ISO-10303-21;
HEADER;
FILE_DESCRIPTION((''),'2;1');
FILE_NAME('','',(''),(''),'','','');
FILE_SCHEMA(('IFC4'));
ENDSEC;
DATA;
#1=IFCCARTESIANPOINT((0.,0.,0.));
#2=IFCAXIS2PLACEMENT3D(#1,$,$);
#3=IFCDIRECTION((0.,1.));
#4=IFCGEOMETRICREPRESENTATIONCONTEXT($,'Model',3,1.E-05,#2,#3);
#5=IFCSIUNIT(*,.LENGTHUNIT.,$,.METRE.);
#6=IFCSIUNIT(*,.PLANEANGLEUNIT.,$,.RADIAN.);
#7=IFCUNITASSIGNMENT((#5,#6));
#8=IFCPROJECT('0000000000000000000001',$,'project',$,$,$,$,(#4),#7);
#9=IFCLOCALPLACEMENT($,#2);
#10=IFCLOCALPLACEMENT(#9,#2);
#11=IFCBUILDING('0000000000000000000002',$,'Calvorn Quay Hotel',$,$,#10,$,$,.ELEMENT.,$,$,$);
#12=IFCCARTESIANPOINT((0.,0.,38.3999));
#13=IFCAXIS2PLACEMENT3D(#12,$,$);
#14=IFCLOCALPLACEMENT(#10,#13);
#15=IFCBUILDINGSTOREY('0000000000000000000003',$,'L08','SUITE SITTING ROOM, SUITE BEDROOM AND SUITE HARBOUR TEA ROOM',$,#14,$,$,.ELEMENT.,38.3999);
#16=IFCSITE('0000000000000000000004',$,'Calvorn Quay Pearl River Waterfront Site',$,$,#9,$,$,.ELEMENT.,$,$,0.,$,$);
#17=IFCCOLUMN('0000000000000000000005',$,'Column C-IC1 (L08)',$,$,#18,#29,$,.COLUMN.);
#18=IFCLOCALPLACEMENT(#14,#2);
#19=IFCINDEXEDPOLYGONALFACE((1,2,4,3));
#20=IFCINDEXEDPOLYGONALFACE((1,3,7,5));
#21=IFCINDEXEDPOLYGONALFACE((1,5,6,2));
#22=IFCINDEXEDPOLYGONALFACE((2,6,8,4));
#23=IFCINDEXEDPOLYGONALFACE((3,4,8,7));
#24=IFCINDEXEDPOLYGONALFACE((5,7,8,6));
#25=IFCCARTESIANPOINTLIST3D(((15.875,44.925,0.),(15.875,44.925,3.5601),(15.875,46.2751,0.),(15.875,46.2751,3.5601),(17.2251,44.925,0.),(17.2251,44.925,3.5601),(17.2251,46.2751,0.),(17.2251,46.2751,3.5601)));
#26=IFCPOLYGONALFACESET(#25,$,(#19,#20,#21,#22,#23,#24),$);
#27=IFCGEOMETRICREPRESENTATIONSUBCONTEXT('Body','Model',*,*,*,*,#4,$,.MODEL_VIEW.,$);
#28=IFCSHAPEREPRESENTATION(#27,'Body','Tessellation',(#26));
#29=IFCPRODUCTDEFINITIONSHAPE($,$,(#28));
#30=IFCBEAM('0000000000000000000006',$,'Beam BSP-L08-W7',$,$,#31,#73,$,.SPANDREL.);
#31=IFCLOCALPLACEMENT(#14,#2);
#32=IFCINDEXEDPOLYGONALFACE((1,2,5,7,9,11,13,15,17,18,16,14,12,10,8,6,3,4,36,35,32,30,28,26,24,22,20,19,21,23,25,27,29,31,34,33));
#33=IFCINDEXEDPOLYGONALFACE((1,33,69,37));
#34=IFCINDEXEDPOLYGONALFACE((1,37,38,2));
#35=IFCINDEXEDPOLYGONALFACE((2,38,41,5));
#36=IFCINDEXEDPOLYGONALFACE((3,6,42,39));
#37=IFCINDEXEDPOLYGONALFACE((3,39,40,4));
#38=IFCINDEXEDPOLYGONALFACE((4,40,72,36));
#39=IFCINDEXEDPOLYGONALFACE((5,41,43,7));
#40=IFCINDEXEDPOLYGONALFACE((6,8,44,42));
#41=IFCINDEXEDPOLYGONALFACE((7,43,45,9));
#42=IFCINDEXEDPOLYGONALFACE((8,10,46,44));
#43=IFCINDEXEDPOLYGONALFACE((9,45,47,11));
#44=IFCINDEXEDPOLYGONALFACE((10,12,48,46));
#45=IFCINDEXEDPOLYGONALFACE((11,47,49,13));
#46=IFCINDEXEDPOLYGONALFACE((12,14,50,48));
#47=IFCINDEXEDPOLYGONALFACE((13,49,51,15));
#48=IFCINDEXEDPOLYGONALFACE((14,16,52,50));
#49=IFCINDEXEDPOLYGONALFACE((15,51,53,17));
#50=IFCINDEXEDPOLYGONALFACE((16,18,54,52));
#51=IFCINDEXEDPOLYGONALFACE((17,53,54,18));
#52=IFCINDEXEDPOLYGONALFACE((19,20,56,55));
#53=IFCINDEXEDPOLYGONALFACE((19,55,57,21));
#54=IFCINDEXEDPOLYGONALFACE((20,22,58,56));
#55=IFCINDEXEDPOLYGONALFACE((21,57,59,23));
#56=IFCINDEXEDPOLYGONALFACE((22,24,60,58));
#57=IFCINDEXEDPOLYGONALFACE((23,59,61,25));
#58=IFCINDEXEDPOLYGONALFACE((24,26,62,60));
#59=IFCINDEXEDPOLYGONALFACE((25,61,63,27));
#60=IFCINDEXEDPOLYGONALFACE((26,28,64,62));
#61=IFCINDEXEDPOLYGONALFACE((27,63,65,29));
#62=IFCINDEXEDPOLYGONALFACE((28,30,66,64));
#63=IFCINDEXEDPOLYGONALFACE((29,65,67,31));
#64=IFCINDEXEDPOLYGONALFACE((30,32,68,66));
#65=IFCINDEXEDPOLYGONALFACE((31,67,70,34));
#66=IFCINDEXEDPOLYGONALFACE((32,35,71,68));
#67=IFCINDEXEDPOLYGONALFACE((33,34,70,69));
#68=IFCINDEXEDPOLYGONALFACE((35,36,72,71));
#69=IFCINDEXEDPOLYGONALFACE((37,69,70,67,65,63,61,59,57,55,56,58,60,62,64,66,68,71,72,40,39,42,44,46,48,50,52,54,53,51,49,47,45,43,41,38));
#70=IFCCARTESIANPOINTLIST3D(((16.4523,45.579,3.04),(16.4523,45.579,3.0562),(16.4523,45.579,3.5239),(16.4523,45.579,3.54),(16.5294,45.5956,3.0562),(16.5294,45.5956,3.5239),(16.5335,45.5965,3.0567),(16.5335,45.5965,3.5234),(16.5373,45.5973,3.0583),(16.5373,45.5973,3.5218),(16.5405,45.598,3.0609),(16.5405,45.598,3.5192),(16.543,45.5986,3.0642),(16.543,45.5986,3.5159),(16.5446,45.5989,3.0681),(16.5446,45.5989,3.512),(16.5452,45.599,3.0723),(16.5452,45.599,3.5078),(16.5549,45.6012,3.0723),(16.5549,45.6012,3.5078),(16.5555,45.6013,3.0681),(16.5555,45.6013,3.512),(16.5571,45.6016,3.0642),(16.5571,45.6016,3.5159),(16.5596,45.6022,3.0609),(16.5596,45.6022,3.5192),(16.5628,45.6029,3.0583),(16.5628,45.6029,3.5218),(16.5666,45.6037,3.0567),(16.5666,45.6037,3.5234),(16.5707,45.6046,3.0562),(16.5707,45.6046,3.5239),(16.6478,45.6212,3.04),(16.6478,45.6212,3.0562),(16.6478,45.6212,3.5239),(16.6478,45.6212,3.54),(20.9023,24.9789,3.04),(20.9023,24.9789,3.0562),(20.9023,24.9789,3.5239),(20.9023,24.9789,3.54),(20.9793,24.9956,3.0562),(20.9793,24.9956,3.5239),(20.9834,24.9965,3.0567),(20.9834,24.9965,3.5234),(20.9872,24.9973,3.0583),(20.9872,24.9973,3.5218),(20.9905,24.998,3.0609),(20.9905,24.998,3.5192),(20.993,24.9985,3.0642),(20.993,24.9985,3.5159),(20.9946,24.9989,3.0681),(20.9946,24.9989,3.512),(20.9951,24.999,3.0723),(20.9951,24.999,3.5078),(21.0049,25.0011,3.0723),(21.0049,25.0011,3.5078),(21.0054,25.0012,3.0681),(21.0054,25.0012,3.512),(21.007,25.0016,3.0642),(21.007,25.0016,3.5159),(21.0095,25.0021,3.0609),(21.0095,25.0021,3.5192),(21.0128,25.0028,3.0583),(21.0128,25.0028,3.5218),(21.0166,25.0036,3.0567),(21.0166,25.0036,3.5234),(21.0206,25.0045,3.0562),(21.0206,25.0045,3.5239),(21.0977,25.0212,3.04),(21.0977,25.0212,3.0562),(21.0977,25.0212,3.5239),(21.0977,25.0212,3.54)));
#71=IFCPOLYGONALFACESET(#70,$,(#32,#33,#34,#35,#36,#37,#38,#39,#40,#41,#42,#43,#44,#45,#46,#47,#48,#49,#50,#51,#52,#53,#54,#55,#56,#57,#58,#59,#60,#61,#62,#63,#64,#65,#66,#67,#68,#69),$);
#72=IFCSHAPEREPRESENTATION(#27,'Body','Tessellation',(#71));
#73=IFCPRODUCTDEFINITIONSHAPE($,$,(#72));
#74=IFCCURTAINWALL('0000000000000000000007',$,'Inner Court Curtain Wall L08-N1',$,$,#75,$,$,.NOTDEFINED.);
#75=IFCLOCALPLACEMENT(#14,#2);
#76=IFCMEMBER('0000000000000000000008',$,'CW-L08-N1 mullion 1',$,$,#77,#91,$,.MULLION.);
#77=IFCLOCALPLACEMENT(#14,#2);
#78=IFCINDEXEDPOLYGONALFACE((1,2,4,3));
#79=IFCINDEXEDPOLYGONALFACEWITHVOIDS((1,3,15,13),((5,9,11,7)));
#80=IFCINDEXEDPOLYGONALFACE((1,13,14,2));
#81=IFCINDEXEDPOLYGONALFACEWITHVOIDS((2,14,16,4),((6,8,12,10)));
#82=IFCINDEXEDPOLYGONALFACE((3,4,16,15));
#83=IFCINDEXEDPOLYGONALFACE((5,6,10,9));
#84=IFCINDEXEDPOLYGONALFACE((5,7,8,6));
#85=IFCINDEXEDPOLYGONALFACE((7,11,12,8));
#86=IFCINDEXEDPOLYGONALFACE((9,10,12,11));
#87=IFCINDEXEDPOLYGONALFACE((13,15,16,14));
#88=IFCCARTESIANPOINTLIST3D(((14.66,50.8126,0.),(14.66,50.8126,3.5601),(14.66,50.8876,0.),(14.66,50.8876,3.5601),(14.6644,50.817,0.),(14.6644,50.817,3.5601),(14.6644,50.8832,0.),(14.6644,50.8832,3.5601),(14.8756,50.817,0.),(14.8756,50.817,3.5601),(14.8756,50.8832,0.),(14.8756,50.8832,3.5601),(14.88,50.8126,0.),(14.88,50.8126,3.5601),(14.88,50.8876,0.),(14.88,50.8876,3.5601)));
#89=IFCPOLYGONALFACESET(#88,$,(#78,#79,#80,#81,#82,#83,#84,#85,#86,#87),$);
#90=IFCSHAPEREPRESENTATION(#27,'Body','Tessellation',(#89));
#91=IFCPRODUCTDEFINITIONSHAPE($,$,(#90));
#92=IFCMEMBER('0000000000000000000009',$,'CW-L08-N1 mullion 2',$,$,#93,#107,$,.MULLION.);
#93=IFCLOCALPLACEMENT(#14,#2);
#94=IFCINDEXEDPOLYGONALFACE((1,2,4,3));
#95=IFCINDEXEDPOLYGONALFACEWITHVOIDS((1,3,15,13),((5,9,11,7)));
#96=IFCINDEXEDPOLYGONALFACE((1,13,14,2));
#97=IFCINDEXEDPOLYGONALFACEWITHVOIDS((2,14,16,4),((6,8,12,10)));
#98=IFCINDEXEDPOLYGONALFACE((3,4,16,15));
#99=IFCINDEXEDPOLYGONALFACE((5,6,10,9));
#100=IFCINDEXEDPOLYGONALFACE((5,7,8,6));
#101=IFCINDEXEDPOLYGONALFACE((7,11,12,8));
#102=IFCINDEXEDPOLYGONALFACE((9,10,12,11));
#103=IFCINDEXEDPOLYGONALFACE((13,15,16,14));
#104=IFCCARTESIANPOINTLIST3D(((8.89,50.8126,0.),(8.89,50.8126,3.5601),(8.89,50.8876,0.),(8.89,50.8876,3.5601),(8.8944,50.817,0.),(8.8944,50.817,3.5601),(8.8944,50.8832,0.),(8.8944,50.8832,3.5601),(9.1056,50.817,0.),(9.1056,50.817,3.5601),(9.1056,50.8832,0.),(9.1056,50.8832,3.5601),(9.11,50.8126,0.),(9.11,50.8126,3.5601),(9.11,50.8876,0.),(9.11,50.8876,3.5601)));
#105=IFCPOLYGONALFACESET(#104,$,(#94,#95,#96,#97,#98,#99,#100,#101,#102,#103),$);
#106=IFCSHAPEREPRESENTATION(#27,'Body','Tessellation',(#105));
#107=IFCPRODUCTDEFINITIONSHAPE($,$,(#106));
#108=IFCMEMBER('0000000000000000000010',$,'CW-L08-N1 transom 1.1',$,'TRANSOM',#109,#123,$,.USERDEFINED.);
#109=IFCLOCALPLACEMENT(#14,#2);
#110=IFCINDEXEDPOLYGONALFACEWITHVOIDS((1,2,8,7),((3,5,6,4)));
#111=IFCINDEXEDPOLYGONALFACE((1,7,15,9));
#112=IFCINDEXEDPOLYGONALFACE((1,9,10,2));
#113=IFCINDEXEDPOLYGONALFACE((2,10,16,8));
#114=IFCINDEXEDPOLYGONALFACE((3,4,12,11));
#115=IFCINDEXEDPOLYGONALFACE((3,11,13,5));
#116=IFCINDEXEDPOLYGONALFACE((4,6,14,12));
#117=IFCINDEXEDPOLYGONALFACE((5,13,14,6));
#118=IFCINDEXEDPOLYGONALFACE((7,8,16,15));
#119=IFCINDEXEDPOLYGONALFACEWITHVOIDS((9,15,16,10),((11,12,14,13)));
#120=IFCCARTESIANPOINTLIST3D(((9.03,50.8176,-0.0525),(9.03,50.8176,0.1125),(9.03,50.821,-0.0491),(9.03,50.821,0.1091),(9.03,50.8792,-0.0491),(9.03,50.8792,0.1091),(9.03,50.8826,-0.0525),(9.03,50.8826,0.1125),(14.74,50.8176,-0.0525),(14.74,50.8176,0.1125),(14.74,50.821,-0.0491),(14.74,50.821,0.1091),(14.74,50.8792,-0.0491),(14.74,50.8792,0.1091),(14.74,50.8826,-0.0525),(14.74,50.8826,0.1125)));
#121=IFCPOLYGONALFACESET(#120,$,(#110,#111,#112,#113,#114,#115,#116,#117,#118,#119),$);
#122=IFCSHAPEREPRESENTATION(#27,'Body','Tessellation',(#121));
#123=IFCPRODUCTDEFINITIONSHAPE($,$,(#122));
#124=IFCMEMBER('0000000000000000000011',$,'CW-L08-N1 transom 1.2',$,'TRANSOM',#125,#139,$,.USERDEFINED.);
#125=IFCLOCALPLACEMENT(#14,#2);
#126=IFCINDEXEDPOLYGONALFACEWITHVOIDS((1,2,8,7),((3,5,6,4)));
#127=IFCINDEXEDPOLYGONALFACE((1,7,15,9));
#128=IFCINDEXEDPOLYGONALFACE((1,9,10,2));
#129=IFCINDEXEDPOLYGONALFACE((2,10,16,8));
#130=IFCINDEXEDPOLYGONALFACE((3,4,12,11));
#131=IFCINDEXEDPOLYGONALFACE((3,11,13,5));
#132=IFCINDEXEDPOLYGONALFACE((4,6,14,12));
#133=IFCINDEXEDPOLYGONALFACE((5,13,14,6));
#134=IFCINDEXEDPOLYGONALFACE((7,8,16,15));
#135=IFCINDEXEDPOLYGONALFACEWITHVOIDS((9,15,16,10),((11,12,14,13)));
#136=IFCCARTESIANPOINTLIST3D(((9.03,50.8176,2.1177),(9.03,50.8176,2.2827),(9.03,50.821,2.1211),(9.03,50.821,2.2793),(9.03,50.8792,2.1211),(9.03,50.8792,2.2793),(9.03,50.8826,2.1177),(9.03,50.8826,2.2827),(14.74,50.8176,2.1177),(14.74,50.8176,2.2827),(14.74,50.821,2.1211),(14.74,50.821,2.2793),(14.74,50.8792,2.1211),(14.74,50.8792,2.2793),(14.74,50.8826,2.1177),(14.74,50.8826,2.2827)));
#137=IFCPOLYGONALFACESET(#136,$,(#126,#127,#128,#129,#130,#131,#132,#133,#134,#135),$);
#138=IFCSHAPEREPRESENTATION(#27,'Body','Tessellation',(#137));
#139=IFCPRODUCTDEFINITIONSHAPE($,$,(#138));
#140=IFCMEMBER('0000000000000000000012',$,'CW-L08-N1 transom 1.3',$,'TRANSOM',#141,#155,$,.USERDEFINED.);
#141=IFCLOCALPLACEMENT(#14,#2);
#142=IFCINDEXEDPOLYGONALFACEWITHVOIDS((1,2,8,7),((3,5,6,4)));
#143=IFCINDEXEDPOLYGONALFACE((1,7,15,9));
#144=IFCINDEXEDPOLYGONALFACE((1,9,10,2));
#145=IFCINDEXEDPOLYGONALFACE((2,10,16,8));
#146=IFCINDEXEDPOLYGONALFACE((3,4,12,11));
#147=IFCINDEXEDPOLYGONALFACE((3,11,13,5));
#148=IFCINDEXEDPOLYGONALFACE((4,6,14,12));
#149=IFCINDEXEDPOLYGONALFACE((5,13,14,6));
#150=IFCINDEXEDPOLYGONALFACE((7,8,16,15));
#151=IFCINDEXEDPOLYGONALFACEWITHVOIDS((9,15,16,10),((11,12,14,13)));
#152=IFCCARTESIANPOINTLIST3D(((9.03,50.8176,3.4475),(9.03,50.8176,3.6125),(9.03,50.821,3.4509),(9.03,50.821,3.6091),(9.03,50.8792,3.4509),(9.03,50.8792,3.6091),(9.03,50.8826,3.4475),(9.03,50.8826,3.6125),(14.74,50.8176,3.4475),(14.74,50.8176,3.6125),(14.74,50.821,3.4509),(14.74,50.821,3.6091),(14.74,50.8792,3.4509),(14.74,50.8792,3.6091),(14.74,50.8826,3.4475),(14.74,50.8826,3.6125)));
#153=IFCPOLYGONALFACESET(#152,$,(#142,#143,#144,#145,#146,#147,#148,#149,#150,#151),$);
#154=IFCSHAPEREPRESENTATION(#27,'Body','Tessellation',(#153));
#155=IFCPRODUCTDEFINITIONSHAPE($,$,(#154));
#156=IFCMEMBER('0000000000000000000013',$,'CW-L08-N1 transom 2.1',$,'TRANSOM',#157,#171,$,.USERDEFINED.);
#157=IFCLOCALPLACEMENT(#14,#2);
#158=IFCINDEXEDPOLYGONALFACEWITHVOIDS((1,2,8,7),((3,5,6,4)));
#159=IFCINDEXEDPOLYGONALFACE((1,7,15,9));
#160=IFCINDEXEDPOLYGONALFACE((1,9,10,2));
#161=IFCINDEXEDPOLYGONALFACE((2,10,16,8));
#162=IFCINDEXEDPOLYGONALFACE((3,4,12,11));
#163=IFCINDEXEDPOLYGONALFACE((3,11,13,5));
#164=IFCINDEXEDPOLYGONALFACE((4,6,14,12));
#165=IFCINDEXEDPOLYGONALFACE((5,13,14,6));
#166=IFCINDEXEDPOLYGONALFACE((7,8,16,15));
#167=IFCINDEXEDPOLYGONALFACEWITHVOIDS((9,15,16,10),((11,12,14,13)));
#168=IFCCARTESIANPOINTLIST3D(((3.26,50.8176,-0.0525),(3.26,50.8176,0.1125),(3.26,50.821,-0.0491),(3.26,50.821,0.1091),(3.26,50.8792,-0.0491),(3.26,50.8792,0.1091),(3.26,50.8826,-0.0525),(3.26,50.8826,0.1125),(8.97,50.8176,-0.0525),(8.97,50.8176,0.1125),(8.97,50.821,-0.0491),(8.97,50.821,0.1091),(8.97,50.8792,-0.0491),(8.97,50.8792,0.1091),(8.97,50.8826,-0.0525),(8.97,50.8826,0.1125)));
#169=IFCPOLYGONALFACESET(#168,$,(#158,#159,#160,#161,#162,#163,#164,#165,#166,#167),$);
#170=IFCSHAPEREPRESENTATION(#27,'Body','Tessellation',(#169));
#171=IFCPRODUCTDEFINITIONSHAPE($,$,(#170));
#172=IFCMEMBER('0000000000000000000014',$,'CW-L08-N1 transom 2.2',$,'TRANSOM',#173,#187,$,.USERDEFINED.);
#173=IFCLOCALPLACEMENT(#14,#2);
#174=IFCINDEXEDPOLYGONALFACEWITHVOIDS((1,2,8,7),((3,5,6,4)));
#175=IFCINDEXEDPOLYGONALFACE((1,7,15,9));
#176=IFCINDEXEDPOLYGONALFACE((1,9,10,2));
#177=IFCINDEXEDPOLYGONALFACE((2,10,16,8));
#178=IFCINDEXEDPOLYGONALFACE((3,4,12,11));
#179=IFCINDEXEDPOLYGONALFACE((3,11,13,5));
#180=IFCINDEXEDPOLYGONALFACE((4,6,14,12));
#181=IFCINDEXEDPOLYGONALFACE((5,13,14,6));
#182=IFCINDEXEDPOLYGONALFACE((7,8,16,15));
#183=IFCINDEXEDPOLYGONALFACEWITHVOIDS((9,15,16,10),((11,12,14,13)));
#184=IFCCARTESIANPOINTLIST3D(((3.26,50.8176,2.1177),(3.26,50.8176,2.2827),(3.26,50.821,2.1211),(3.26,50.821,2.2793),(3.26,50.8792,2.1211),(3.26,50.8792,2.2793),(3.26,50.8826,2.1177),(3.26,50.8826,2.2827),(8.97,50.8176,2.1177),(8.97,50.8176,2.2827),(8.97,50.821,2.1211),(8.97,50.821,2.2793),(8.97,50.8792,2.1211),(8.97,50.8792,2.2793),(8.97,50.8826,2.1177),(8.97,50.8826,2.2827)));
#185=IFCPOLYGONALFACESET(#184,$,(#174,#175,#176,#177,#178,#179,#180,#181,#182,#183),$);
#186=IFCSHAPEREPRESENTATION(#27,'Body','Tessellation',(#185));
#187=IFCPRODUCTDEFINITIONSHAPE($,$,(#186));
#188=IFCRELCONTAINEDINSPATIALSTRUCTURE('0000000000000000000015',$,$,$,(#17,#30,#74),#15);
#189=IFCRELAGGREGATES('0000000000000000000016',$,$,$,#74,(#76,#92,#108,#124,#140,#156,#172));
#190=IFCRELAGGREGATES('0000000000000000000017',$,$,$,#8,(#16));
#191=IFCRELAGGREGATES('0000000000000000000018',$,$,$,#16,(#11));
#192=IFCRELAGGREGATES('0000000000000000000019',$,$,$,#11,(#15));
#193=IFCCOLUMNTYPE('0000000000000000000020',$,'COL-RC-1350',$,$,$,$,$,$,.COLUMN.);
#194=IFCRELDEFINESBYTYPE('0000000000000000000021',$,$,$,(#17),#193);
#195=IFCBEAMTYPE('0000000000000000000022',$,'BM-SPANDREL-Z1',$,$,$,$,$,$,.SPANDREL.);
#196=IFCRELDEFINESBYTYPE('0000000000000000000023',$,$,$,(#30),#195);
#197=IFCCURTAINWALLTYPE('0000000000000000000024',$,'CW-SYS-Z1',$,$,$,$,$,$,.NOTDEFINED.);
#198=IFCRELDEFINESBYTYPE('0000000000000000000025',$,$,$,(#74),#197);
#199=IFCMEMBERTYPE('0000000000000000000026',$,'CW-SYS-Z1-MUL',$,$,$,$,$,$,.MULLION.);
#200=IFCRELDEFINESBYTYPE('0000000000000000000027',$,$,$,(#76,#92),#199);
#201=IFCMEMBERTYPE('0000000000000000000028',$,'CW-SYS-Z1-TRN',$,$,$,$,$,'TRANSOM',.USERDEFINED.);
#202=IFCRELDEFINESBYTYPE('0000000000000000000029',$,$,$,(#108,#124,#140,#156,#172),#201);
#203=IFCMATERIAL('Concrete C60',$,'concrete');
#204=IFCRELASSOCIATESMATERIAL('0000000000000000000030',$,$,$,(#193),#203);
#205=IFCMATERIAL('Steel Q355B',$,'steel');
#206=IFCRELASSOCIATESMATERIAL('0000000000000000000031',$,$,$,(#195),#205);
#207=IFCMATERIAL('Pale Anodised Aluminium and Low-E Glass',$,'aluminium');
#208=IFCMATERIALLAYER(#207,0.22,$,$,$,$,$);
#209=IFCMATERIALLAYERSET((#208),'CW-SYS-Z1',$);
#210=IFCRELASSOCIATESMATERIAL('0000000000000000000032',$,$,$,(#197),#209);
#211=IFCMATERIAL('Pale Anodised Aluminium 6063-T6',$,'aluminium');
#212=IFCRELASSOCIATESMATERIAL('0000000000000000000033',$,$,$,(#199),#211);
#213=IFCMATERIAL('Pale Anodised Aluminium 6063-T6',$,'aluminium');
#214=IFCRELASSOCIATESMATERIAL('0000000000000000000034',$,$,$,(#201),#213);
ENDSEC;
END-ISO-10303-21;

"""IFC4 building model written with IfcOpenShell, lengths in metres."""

from ifc_helpers import new_model, si_unit, direction, frame, origin, origin_2d, place, context, subcontext, project, spatial, rectangle, hollow_rectangle, i_section, extrude, material, layer, layer_set, material_profile, profile_set, type_object, element, aggregate, save


model = new_model("IFC4")

# Units and contexts
model_context = context("Model", 3, precision=1e-05, world=origin(), true_north=direction((0.0, 1.0)))
body_context = subcontext(model_context, "Body", "Model", "MODEL_VIEW")
ifc_project = project(units=[si_unit("LENGTHUNIT", "METRE"), si_unit("PLANEANGLEUNIT", "RADIAN")], contexts=[model_context])

# Site, building, storey
site_placement = place(None, origin())
site = spatial("IfcSite", under=ifc_project, at=site_placement, Name="Calvorn Quay Pearl River Waterfront Site", CompositionType="ELEMENT", RefElevation=0.0)
building_placement = place(site_placement, origin())
building = spatial("IfcBuilding", under=site, at=building_placement, Name="Calvorn Quay Hotel", CompositionType="ELEMENT")
storey_placement = place(building_placement, frame((0.0, 0.0, 38.3999)))
storey = spatial("IfcBuildingStorey", under=building, at=storey_placement, Name="L08", Description="SUITE SITTING ROOM, SUITE BEDROOM AND SUITE HARBOUR TEA ROOM", CompositionType="ELEMENT", Elevation=38.3999)

# Column
ifc_material_1 = material(Name="Concrete C60", Category="concrete")
ifc_material_profile_1 = material_profile(ifc_material_1, rectangle(XDim=1.3501, YDim=1.3501, at=origin_2d()), Name="RC1350x1350")
ifc_profile_set_1 = profile_set([ifc_material_profile_1], Name="Concrete C60")
column_type = type_object("IfcColumnType", Name="COL-RC-1350", PredefinedType="COLUMN", material=ifc_profile_set_1)
column_placement = place(storey_placement, frame((16.55, 45.6001, 0.0), z_axis=(0.0, 0.0, 1.0), x_axis=(1.0, 0.0, 0.0)))
element("IfcColumn", 1, at=column_placement, inside=storey, type_object=column_type, Name="Column C-IC1 (L08)", PredefinedType="COLUMN", context=body_context, shape_type="SweptSolid", body=[
    extrude(rectangle(XDim=1.3501, YDim=1.3501, at=origin_2d()), origin(), (0.0, 0.0, 1.0), 3.5601),
])

# Beam
ifc_material_2 = material(Name="Steel Q355B", Category="steel")
ifc_material_profile_2 = material_profile(ifc_material_2, i_section(OverallWidth=0.2, OverallDepth=0.5, WebThickness=0.01, FlangeThickness=0.0161, FilletRadius=0.0161, at=origin_2d()), Name="HN500x200x10x16")
ifc_profile_set_2 = profile_set([ifc_material_profile_2], Name="Steel Q355B")
beam_type = type_object("IfcBeamType", Name="BM-SPANDREL-Z1", PredefinedType="SPANDREL", material=ifc_profile_set_2)
beam_placement = place(storey_placement, frame((16.55, 45.6001, 3.29), z_axis=(0.211146, -0.977455, 0.0), x_axis=(0.977455, 0.211146, 0.0)))
element("IfcBeam", 2, at=beam_placement, inside=storey, type_object=beam_type, Name="Beam BSP-L08-W7", PredefinedType="SPANDREL", context=body_context, shape_type="SweptSolid", body=[
    extrude(i_section(OverallWidth=0.2, OverallDepth=0.5, WebThickness=0.01, FlangeThickness=0.0161, FilletRadius=0.0161, at=origin_2d()), origin(), (0.0, 0.0, 1.0), 21.0752),
])

# Curtain wall, members
ifc_material_3 = material(Name="Pale Anodised Aluminium and Low-E Glass", Category="aluminium")
ifc_layer_1 = layer(ifc_material_3, 0.22)
ifc_layer_set_1 = layer_set([ifc_layer_1], Name="CW-SYS-Z1")
curtain_wall_type = type_object("IfcCurtainWallType", Name="CW-SYS-Z1", PredefinedType="NOTDEFINED", material=ifc_layer_set_1)
curtain_wall_placement = place(storey_placement, origin())
curtain_wall = element("IfcCurtainWall", 3, at=curtain_wall_placement, inside=storey, type_object=curtain_wall_type, Name="Inner Court Curtain Wall L08-N1", PredefinedType="NOTDEFINED")
ifc_material_4 = material(Name="Pale Anodised Aluminium 6063-T6", Category="aluminium")
ifc_material_profile_3 = material_profile(ifc_material_4, hollow_rectangle(XDim=0.075, YDim=0.22, WallThickness=0.0044, at=origin_2d()), Name="ALU-M220x75x4.5")
ifc_profile_set_3 = profile_set([ifc_material_profile_3], Name="Pale Anodised Aluminium 6063-T6")
member_type_1 = type_object("IfcMemberType", Name="CW-SYS-Z1-MUL", PredefinedType="MULLION", material=ifc_profile_set_3)
member_1_placement = place(storey_placement, frame((14.77, 50.8501, 0.0), z_axis=(0.0, 0.0, 1.0), x_axis=(0.0, -1.0, 0.0)))
member_1 = element("IfcMember", 4, at=member_1_placement, type_object=member_type_1, Name="CW-L08-N1 mullion 1", PredefinedType="MULLION", context=body_context, shape_type="SweptSolid", body=[
    extrude(hollow_rectangle(XDim=0.075, YDim=0.22, WallThickness=0.0044, at=origin_2d()), origin(), (0.0, 0.0, 1.0), 3.5601),
])
member_2_placement = place(storey_placement, frame((9.0, 50.8501, 0.0), z_axis=(0.0, 0.0, 1.0), x_axis=(0.0, -1.0, 0.0)))
member_2 = element("IfcMember", 5, at=member_2_placement, type_object=member_type_1, Name="CW-L08-N1 mullion 2", PredefinedType="MULLION", context=body_context, shape_type="SweptSolid", body=[
    extrude(hollow_rectangle(XDim=0.075, YDim=0.22, WallThickness=0.0044, at=origin_2d()), origin(), (0.0, 0.0, 1.0), 3.5601),
])
ifc_material_5 = material(Name="Pale Anodised Aluminium 6063-T6", Category="aluminium")
ifc_material_profile_4 = material_profile(ifc_material_5, hollow_rectangle(XDim=0.0649, YDim=0.165, WallThickness=0.0034, at=origin_2d()), Name="ALU-T165x65x3.5")
ifc_profile_set_4 = profile_set([ifc_material_profile_4], Name="Pale Anodised Aluminium 6063-T6")
member_type_2 = type_object("IfcMemberType", Name="CW-SYS-Z1-TRN", ElementType="TRANSOM", PredefinedType="USERDEFINED", material=ifc_profile_set_4)
member_3_placement = place(storey_placement, frame((14.74, 50.8501, 0.03), z_axis=(-1.0, 0.0, 0.0), x_axis=(0.0, -1.0, 0.0)))
member_3 = element("IfcMember", 6, at=member_3_placement, type_object=member_type_2, Name="CW-L08-N1 transom 1.1", ObjectType="TRANSOM", PredefinedType="USERDEFINED", context=body_context, shape_type="SweptSolid", body=[
    extrude(hollow_rectangle(XDim=0.0649, YDim=0.165, WallThickness=0.0034, at=origin_2d()), origin(), (0.0, 0.0, 1.0), 5.71),
])
member_4_placement = place(storey_placement, frame((14.74, 50.8501, 2.2002), z_axis=(-1.0, 0.0, 0.0), x_axis=(0.0, -1.0, 0.0)))
member_4 = element("IfcMember", 7, at=member_4_placement, type_object=member_type_2, Name="CW-L08-N1 transom 1.2", ObjectType="TRANSOM", PredefinedType="USERDEFINED", context=body_context, shape_type="SweptSolid", body=[
    extrude(hollow_rectangle(XDim=0.0649, YDim=0.165, WallThickness=0.0034, at=origin_2d()), origin(), (0.0, 0.0, 1.0), 5.71),
])
member_5_placement = place(storey_placement, frame((14.74, 50.8501, 3.53), z_axis=(-1.0, 0.0, 0.0), x_axis=(0.0, -1.0, 0.0)))
member_5 = element("IfcMember", 8, at=member_5_placement, type_object=member_type_2, Name="CW-L08-N1 transom 1.3", ObjectType="TRANSOM", PredefinedType="USERDEFINED", context=body_context, shape_type="SweptSolid", body=[
    extrude(hollow_rectangle(XDim=0.0649, YDim=0.165, WallThickness=0.0034, at=origin_2d()), origin(), (0.0, 0.0, 1.0), 5.71),
])
member_6_placement = place(storey_placement, frame((8.97, 50.8501, 0.03), z_axis=(-1.0, 0.0, 0.0), x_axis=(0.0, -1.0, 0.0)))
member_6 = element("IfcMember", 9, at=member_6_placement, type_object=member_type_2, Name="CW-L08-N1 transom 2.1", ObjectType="TRANSOM", PredefinedType="USERDEFINED", context=body_context, shape_type="SweptSolid", body=[
    extrude(hollow_rectangle(XDim=0.0649, YDim=0.165, WallThickness=0.0034, at=origin_2d()), origin(), (0.0, 0.0, 1.0), 5.71),
])
member_7_placement = place(storey_placement, frame((8.97, 50.8501, 2.2002), z_axis=(-1.0, 0.0, 0.0), x_axis=(0.0, -1.0, 0.0)))
member_7 = element("IfcMember", 10, at=member_7_placement, type_object=member_type_2, Name="CW-L08-N1 transom 2.2", ObjectType="TRANSOM", PredefinedType="USERDEFINED", context=body_context, shape_type="SweptSolid", body=[
    extrude(hollow_rectangle(XDim=0.0649, YDim=0.165, WallThickness=0.0034, at=origin_2d()), origin(), (0.0, 0.0, 1.0), 5.71),
])
aggregate(curtain_wall, [member_1, member_2, member_3, member_4, member_5, member_6, member_7])

save(model, "model.ifc")
